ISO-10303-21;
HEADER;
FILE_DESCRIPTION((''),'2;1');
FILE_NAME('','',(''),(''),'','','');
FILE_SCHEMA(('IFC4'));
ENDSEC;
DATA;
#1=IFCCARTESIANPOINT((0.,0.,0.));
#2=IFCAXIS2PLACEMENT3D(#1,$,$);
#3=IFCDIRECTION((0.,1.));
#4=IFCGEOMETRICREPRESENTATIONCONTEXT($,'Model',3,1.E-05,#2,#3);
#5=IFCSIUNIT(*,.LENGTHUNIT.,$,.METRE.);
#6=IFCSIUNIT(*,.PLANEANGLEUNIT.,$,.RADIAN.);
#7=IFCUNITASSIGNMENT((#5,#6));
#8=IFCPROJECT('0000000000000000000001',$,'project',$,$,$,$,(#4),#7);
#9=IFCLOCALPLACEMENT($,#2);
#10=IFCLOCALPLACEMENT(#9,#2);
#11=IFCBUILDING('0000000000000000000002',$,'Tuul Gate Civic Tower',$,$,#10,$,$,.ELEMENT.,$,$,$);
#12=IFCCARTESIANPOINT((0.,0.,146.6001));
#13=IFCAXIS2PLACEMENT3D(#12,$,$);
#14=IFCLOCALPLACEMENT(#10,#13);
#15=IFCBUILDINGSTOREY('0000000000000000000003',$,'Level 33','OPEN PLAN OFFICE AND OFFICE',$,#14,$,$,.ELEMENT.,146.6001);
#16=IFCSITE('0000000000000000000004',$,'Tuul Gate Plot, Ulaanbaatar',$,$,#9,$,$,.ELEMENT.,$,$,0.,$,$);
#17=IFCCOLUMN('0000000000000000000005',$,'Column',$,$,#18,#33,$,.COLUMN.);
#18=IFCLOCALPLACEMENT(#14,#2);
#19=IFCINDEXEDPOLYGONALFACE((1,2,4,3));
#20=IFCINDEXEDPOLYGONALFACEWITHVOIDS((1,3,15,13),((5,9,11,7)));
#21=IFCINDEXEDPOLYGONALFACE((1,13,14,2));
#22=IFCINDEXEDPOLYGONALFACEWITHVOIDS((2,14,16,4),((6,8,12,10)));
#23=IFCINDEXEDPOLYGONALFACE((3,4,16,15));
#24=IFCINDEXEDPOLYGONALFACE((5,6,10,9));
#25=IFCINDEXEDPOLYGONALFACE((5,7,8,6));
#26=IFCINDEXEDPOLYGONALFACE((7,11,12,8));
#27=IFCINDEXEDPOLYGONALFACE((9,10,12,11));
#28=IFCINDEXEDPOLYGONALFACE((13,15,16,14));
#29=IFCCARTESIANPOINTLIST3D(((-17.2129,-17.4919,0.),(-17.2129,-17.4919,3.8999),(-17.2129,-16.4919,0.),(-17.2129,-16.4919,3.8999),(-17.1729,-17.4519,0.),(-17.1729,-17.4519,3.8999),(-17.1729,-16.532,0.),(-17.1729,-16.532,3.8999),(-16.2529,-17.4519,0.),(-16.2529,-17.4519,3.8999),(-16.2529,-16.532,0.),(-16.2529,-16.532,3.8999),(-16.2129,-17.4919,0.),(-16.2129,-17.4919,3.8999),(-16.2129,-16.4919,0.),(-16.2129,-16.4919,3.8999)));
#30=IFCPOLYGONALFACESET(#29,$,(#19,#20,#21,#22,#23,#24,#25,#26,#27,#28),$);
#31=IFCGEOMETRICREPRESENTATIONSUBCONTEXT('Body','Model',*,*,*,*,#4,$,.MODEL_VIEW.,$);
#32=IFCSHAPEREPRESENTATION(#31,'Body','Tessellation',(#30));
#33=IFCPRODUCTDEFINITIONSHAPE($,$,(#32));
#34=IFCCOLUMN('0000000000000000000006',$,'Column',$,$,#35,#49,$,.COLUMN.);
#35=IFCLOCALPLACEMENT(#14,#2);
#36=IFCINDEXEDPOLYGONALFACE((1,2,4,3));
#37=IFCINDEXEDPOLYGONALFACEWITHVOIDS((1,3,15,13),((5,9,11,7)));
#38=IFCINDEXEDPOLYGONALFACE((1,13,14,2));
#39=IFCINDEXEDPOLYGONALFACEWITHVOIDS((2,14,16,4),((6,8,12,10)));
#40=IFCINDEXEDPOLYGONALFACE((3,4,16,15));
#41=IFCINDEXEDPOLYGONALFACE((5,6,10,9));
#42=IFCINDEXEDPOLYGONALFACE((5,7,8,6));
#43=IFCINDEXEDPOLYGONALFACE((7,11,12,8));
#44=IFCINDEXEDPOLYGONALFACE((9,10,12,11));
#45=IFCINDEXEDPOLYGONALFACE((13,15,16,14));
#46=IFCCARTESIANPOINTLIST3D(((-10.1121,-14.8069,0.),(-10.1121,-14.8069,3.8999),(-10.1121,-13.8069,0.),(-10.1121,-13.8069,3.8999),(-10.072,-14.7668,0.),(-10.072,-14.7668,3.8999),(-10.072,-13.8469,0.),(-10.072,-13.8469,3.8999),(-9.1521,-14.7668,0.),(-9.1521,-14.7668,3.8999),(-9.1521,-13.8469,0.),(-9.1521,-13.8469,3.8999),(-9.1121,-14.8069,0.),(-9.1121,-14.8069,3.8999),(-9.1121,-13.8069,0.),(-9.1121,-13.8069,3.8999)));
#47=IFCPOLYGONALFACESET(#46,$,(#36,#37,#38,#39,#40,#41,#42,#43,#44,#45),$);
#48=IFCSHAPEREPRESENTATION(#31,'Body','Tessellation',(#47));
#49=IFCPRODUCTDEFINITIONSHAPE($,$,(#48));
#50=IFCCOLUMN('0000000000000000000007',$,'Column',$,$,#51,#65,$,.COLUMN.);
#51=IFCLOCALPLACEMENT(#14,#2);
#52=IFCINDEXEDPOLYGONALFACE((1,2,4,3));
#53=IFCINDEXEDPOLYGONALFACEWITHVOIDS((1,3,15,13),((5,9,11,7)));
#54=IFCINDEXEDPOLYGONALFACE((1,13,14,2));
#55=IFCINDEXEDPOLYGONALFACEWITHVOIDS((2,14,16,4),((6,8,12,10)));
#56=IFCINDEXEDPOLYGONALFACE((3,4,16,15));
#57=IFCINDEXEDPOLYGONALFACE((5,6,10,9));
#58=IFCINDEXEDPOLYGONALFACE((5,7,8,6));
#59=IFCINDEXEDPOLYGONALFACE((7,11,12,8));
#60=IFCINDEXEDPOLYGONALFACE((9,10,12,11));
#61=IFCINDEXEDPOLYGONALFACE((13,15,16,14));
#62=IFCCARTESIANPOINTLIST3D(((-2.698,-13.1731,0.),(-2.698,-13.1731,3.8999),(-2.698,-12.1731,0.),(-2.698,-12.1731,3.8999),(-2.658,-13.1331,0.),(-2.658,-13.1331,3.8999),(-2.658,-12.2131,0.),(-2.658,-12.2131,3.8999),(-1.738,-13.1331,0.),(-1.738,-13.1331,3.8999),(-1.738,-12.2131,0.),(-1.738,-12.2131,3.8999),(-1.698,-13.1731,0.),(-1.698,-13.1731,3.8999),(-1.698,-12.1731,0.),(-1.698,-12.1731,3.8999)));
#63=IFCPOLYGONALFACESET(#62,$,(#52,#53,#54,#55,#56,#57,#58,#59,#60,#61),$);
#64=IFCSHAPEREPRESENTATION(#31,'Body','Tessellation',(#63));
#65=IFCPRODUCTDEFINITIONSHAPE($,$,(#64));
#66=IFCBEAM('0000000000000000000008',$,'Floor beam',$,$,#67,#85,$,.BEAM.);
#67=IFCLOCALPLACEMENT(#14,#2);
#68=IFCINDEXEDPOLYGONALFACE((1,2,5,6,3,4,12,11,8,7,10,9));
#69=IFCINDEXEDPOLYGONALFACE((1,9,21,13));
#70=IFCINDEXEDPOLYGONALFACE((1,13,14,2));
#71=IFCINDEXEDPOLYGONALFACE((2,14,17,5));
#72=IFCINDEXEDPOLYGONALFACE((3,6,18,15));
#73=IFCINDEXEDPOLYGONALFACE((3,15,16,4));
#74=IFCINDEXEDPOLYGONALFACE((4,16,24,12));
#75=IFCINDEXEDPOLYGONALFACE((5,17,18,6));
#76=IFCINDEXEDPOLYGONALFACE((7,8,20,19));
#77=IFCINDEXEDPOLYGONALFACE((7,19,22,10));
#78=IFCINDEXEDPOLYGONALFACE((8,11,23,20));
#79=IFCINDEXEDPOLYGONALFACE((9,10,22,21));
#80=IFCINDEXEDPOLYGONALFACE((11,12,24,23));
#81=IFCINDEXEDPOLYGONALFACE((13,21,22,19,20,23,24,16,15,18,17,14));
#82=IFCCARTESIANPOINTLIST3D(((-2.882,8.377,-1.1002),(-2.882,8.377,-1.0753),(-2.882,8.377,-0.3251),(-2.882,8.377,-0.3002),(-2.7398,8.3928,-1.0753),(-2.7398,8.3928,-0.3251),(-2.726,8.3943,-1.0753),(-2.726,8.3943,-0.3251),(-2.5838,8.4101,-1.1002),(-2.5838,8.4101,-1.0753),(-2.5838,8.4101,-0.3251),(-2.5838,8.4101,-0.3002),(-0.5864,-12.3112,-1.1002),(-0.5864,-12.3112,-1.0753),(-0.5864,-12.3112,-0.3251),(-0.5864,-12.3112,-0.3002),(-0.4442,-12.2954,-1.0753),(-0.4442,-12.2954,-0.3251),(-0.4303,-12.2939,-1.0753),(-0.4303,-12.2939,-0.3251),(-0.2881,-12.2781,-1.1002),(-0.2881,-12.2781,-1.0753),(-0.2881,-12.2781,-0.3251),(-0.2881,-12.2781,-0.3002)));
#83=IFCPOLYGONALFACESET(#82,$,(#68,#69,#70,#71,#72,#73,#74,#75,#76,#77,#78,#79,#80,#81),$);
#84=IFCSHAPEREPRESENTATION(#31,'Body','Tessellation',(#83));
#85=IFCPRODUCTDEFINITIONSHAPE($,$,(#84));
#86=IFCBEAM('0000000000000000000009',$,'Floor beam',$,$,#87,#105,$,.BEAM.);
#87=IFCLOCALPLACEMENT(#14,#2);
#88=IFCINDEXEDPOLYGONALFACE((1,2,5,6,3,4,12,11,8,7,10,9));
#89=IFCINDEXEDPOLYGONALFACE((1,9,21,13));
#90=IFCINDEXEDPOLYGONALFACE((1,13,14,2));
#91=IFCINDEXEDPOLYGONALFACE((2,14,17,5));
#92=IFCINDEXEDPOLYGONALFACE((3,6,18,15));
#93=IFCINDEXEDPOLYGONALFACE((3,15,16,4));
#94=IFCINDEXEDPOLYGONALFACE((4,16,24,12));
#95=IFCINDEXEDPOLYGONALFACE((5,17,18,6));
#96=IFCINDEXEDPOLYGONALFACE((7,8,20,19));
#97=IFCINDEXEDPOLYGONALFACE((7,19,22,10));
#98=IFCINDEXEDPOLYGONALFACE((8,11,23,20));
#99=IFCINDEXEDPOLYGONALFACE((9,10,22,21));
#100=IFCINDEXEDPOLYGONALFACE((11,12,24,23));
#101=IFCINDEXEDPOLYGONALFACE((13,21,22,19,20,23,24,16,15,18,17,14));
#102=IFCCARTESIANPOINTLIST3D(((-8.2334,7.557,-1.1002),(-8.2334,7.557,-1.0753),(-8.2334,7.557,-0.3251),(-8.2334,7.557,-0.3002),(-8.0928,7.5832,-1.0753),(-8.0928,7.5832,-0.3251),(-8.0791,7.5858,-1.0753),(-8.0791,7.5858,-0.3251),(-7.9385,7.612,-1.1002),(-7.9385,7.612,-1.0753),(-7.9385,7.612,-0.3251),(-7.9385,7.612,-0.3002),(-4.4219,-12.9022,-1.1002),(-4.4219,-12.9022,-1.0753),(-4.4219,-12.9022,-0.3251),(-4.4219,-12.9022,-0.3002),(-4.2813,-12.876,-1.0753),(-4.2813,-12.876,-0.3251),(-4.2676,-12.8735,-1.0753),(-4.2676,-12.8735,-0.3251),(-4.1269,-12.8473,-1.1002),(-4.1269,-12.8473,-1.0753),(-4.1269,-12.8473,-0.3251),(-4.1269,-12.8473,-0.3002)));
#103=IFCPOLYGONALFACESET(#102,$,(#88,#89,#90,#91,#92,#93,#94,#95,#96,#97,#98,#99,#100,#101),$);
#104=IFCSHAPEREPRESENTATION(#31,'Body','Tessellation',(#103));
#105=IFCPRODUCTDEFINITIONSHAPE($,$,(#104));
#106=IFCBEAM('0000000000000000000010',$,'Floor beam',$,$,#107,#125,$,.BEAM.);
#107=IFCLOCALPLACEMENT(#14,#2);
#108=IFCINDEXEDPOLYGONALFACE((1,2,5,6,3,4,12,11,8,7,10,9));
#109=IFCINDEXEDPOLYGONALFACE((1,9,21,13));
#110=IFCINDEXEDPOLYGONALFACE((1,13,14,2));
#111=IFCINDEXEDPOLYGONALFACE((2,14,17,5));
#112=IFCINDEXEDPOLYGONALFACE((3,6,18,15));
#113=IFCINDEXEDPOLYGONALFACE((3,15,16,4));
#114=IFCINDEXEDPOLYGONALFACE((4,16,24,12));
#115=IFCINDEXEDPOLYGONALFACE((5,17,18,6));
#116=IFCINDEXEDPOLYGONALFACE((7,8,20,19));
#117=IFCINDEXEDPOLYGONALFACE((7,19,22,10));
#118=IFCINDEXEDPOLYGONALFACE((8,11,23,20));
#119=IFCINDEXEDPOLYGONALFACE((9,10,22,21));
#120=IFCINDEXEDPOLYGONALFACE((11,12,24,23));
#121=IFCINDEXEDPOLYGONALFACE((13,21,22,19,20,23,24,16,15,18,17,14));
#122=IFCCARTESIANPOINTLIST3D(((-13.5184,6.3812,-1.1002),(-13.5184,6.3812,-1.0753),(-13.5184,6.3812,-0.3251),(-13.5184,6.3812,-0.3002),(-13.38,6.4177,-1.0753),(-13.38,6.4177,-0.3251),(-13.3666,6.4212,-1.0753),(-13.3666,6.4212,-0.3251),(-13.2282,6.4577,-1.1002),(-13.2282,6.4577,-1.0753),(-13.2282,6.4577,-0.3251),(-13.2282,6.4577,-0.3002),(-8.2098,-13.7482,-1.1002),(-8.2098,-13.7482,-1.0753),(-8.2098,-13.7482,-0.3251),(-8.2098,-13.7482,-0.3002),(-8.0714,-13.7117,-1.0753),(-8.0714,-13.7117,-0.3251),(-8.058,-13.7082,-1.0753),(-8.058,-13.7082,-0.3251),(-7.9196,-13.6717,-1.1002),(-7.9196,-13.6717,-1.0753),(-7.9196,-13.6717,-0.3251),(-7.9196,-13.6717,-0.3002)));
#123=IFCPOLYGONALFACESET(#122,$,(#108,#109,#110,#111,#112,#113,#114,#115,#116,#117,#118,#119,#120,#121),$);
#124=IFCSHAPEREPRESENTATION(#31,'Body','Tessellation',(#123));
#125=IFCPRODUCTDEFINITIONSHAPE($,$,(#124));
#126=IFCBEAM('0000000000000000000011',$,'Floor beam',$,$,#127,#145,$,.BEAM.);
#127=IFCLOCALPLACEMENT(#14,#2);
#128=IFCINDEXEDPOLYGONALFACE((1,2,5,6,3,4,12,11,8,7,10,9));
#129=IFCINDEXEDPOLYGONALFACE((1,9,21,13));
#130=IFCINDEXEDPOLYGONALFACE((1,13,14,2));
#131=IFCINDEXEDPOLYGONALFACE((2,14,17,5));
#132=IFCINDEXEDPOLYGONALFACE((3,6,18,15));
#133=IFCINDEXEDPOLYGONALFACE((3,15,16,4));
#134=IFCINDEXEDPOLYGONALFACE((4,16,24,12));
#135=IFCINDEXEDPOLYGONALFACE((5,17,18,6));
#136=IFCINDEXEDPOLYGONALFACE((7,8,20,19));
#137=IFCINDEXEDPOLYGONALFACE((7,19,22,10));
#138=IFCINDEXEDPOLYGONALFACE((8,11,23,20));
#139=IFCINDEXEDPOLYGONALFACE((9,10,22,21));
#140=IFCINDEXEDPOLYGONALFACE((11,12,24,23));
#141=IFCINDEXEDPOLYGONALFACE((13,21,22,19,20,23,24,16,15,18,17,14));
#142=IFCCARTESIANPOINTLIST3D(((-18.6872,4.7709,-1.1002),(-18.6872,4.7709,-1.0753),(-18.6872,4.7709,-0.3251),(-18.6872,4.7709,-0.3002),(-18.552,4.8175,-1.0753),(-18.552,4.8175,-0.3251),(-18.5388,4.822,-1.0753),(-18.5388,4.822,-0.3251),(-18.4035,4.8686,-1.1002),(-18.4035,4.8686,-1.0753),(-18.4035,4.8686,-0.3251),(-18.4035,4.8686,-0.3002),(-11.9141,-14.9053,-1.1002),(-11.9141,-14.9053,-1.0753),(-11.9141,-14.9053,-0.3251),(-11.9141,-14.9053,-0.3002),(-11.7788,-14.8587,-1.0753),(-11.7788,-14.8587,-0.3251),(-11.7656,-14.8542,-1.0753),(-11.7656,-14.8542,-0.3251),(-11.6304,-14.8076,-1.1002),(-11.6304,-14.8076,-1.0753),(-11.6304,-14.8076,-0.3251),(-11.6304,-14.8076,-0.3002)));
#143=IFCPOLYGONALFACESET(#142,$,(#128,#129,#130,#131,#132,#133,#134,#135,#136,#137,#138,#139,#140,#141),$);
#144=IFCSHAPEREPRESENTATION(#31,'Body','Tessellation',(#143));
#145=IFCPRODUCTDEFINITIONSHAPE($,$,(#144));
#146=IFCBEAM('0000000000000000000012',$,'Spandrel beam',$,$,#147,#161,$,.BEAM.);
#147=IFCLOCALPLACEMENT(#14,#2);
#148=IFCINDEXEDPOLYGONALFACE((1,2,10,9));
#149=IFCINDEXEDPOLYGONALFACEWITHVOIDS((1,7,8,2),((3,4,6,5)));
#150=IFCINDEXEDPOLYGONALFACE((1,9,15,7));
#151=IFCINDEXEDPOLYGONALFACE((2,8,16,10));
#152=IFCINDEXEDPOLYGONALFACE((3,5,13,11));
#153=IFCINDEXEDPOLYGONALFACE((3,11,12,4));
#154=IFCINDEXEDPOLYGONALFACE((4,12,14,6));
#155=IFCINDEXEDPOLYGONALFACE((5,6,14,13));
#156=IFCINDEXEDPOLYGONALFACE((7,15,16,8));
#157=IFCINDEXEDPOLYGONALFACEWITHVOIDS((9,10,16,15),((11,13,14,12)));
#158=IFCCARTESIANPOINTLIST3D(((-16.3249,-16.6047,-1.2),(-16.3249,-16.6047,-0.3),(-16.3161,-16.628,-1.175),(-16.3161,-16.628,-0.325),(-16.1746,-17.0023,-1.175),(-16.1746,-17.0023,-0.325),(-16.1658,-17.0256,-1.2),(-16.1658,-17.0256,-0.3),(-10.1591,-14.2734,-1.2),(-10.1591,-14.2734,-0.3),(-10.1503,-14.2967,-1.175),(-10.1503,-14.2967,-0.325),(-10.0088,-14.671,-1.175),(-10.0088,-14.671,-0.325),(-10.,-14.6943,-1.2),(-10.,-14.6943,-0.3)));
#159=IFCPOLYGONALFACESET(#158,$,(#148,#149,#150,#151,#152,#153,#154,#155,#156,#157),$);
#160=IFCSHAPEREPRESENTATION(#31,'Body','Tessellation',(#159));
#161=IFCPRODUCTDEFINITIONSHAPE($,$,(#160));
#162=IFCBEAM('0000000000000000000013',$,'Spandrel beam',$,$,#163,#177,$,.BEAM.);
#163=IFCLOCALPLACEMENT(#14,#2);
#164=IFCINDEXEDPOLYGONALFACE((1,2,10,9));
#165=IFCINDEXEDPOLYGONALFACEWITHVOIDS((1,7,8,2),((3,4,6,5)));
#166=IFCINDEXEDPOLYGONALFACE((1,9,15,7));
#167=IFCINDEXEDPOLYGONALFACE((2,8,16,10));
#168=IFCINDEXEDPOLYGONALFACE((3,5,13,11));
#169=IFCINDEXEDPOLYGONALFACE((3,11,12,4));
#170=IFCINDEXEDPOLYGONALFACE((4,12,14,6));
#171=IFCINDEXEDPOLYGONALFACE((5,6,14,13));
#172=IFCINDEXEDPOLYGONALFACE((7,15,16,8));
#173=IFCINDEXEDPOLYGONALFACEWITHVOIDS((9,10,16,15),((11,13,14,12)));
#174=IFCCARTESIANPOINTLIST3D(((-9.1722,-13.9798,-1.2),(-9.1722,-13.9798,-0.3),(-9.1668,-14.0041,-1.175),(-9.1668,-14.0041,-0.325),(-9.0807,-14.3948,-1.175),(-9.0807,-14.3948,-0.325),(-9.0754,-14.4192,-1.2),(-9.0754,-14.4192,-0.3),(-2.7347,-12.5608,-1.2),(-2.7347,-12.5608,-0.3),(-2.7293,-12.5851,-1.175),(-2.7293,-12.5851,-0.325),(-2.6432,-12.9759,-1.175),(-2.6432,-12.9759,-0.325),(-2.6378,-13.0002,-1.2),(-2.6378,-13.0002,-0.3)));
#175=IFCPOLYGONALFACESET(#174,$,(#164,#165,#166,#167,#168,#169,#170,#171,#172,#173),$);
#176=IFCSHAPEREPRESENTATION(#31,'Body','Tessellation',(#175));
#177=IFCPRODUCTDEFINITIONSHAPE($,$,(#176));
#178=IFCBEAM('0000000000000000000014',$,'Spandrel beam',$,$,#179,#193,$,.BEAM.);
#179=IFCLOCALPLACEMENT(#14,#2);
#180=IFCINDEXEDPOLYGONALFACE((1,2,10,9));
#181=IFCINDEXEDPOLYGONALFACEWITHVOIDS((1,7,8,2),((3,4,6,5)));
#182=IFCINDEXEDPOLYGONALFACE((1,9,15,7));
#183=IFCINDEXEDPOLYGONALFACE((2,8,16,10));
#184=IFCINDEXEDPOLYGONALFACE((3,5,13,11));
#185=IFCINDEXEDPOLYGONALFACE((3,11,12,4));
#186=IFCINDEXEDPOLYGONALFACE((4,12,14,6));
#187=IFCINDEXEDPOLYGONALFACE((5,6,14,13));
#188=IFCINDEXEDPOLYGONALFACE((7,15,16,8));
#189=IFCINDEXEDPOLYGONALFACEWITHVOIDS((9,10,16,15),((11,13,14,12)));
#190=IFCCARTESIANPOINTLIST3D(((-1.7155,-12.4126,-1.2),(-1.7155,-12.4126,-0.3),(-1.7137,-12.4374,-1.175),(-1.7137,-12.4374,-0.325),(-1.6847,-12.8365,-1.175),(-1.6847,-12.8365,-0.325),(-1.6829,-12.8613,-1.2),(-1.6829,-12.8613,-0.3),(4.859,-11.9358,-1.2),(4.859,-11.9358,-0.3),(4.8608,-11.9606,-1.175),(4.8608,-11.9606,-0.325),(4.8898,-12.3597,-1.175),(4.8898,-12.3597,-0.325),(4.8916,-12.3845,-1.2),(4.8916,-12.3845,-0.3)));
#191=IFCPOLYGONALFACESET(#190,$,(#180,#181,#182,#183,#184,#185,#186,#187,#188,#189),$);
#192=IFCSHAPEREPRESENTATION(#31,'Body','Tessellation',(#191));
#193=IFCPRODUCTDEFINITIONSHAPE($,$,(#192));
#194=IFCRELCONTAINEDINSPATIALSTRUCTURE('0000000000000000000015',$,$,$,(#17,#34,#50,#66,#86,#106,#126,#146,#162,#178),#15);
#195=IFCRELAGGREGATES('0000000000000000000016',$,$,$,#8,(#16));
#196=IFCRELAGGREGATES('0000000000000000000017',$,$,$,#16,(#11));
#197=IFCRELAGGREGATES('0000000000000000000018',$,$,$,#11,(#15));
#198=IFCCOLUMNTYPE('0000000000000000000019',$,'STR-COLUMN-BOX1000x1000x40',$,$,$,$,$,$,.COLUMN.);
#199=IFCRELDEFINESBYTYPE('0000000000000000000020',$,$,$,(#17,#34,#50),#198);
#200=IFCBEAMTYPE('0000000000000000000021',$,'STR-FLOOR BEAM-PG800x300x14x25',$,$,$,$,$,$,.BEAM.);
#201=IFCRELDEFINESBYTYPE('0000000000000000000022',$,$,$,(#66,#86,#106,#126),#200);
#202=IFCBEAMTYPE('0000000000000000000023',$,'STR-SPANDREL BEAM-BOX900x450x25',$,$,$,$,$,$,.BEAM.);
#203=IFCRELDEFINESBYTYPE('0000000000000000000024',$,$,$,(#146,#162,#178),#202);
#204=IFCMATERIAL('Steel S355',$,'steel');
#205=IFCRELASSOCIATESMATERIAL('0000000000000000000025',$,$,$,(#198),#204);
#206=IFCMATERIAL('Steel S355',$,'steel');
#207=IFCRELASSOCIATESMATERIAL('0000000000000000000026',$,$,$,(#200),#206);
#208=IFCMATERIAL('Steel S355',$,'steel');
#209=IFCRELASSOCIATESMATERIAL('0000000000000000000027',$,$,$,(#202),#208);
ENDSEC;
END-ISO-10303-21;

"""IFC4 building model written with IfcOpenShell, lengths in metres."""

from ifc_helpers import new_model, si_unit, direction, frame, origin, origin_2d, place, context, subcontext, project, spatial, hollow_rectangle, i_section, extrude, material, material_profile, profile_set, type_object, element, save


model = new_model("IFC4")

# Units and contexts
model_context = context("Model", 3, precision=1e-05, world=origin(), true_north=direction((0.0, 1.0)))
body_context = subcontext(model_context, "Body", "Model", "MODEL_VIEW")
ifc_project = project(units=[si_unit("LENGTHUNIT", "METRE"), si_unit("PLANEANGLEUNIT", "RADIAN")], contexts=[model_context])

# Site, building, storey
site_placement = place(None, origin())
site = spatial("IfcSite", under=ifc_project, at=site_placement, Name="Tuul Gate Plot, Ulaanbaatar", CompositionType="ELEMENT", RefElevation=0.0)
building_placement = place(site_placement, origin())
building = spatial("IfcBuilding", under=site, at=building_placement, Name="Tuul Gate Civic Tower", CompositionType="ELEMENT")
storey_placement = place(building_placement, frame((0.0, 0.0, 146.6001)))
storey = spatial("IfcBuildingStorey", under=building, at=storey_placement, Name="Level 33", Description="OPEN PLAN OFFICE AND OFFICE", CompositionType="ELEMENT", Elevation=146.6001)

# Columns
ifc_material_1 = material(Name="Steel S355", Category="steel")
ifc_material_profile_1 = material_profile(ifc_material_1, hollow_rectangle(XDim=1.0, YDim=1.0, WallThickness=0.04, at=origin_2d()), Name="BOX1000x1000x40")
ifc_profile_set_1 = profile_set([ifc_material_profile_1], Name="Steel S355")
column_type = type_object("IfcColumnType", Name="STR-COLUMN-BOX1000x1000x40", PredefinedType="COLUMN", material=ifc_profile_set_1)
for number, where, z_axis, x_axis, name in (
    (1, (-16.7129, -16.9919, 0.0), (0.0, 0.0, 1.0), (1.0, 0.0, 0.0), "Column"),
    (2, (-9.6121, -14.3069, 0.0), (0.0, 0.0, 1.0), (1.0, 0.0, 0.0), "Column"),
    (3, (-2.198, -12.6731, 0.0), (0.0, 0.0, 1.0), (1.0, 0.0, 0.0), "Column"),
):
    element("IfcColumn", number, at=place(storey_placement, frame(where, z_axis=z_axis, x_axis=x_axis)), inside=storey, type_object=column_type, Name=name, PredefinedType="COLUMN", context=body_context, shape_type="SweptSolid", body=[
        extrude(hollow_rectangle(XDim=1.0, YDim=1.0, WallThickness=0.04, at=origin_2d()), origin(), (0.0, 0.0, 1.0), 3.8999),
    ])

# Beams
ifc_material_2 = material(Name="Steel S355", Category="steel")
ifc_material_profile_2 = material_profile(ifc_material_2, i_section(OverallWidth=0.3, OverallDepth=0.8, WebThickness=0.0139, FlangeThickness=0.0249, at=origin_2d()), Name="PG800x300x14x25")
ifc_profile_set_2 = profile_set([ifc_material_profile_2], Name="Steel S355")
beam_type_1 = type_object("IfcBeamType", Name="STR-FLOOR BEAM-PG800x300x14x25", PredefinedType="BEAM", material=ifc_profile_set_2)
beam_1_placement = place(storey_placement, frame((-0.4373, -12.2947, -0.7002), z_axis=(-0.110287, 0.9939, 0.0), x_axis=(-0.9939, -0.110287, 0.0)))
element("IfcBeam", 4, at=beam_1_placement, inside=storey, type_object=beam_type_1, Name="Floor beam", PredefinedType="BEAM", context=body_context, shape_type="SweptSolid", body=[
    extrude(i_section(OverallWidth=0.3, OverallDepth=0.8, WebThickness=0.0139, FlangeThickness=0.0249, at=origin_2d()), origin(), (0.0, 0.0, 1.0), 20.8152),
])
beam_2_placement = place(storey_placement, frame((-4.2744, -12.8748, -0.7002), z_axis=(-0.183147, 0.983085, 0.0), x_axis=(-0.983085, -0.183147, 0.0)))
element("IfcBeam", 5, at=beam_2_placement, inside=storey, type_object=beam_type_1, Name="Floor beam", PredefinedType="BEAM", context=body_context, shape_type="SweptSolid", body=[
    extrude(i_section(OverallWidth=0.3, OverallDepth=0.8, WebThickness=0.0139, FlangeThickness=0.0249, at=origin_2d()), origin(), (0.0, 0.0, 1.0), 20.8113),
])
beam_3_placement = place(storey_placement, frame((-8.0647, -13.71, -0.7002), z_axis=(-0.255005, 0.96694, 0.0), x_axis=(-0.96694, -0.255005, 0.0)))
element("IfcBeam", 6, at=beam_3_placement, inside=storey, type_object=beam_type_1, Name="Floor beam", PredefinedType="BEAM", context=body_context, shape_type="SweptSolid", body=[
    extrude(i_section(OverallWidth=0.3, OverallDepth=0.8, WebThickness=0.0139, FlangeThickness=0.0249, at=origin_2d()), origin(), (0.0, 0.0, 1.0), 20.8176),
])
beam_4_placement = place(storey_placement, frame((-11.7722, -14.8564, -0.7002), z_axis=(-0.325487, 0.945547, 0.0), x_axis=(-0.945547, -0.325487, 0.0)))
element("IfcBeam", 7, at=beam_4_placement, inside=storey, type_object=beam_type_1, Name="Floor beam", PredefinedType="BEAM", context=body_context, shape_type="SweptSolid", body=[
    extrude(i_section(OverallWidth=0.3, OverallDepth=0.8, WebThickness=0.0139, FlangeThickness=0.0249, at=origin_2d()), origin(), (0.0, 0.0, 1.0), 20.8093),
])
ifc_material_3 = material(Name="Steel S355", Category="steel")
ifc_material_profile_3 = material_profile(ifc_material_3, hollow_rectangle(XDim=0.45, YDim=0.8999, WallThickness=0.0249, at=origin_2d()), Name="BOX900x450x25")
ifc_profile_set_3 = profile_set([ifc_material_profile_3], Name="Steel S355")
beam_type_2 = type_object("IfcBeamType", Name="STR-SPANDREL BEAM-BOX900x450x25", PredefinedType="BEAM", material=ifc_profile_set_3)
beam_5_placement = place(storey_placement, frame((-16.2454, -16.8152, -0.75), z_axis=(0.935371, 0.353667, 0.0), x_axis=(-0.353667, 0.935371, 0.0)))
element("IfcBeam", 8, at=beam_5_placement, inside=storey, type_object=beam_type_2, Name="Spandrel beam", PredefinedType="BEAM", context=body_context, shape_type="SweptSolid", body=[
    extrude(hollow_rectangle(XDim=0.45, YDim=0.8999, WallThickness=0.0249, at=origin_2d()), origin(), (0.0, 0.0, 1.0), 6.5918),
])
beam_6_placement = place(storey_placement, frame((-9.1238, -14.1995, -0.75), z_axis=(0.976559, 0.215252, 0.0), x_axis=(-0.215252, 0.976559, 0.0)))
element("IfcBeam", 9, at=beam_6_placement, inside=storey, type_object=beam_type_2, Name="Spandrel beam", PredefinedType="BEAM", context=body_context, shape_type="SweptSolid", body=[
    extrude(hollow_rectangle(XDim=0.45, YDim=0.8999, WallThickness=0.0249, at=origin_2d()), origin(), (0.0, 0.0, 1.0), 6.592),
])
beam_7_placement = place(storey_placement, frame((-1.6992, -12.637, -0.75), z_axis=(0.99738, 0.072334, 0.0), x_axis=(-0.072334, 0.99738, 0.0)))
element("IfcBeam", 10, at=beam_7_placement, inside=storey, type_object=beam_type_2, Name="Spandrel beam", PredefinedType="BEAM", context=body_context, shape_type="SweptSolid", body=[
    extrude(hollow_rectangle(XDim=0.45, YDim=0.8999, WallThickness=0.0249, at=origin_2d()), origin(), (0.0, 0.0, 1.0), 6.5918),
])

save(model, "model.ifc")
